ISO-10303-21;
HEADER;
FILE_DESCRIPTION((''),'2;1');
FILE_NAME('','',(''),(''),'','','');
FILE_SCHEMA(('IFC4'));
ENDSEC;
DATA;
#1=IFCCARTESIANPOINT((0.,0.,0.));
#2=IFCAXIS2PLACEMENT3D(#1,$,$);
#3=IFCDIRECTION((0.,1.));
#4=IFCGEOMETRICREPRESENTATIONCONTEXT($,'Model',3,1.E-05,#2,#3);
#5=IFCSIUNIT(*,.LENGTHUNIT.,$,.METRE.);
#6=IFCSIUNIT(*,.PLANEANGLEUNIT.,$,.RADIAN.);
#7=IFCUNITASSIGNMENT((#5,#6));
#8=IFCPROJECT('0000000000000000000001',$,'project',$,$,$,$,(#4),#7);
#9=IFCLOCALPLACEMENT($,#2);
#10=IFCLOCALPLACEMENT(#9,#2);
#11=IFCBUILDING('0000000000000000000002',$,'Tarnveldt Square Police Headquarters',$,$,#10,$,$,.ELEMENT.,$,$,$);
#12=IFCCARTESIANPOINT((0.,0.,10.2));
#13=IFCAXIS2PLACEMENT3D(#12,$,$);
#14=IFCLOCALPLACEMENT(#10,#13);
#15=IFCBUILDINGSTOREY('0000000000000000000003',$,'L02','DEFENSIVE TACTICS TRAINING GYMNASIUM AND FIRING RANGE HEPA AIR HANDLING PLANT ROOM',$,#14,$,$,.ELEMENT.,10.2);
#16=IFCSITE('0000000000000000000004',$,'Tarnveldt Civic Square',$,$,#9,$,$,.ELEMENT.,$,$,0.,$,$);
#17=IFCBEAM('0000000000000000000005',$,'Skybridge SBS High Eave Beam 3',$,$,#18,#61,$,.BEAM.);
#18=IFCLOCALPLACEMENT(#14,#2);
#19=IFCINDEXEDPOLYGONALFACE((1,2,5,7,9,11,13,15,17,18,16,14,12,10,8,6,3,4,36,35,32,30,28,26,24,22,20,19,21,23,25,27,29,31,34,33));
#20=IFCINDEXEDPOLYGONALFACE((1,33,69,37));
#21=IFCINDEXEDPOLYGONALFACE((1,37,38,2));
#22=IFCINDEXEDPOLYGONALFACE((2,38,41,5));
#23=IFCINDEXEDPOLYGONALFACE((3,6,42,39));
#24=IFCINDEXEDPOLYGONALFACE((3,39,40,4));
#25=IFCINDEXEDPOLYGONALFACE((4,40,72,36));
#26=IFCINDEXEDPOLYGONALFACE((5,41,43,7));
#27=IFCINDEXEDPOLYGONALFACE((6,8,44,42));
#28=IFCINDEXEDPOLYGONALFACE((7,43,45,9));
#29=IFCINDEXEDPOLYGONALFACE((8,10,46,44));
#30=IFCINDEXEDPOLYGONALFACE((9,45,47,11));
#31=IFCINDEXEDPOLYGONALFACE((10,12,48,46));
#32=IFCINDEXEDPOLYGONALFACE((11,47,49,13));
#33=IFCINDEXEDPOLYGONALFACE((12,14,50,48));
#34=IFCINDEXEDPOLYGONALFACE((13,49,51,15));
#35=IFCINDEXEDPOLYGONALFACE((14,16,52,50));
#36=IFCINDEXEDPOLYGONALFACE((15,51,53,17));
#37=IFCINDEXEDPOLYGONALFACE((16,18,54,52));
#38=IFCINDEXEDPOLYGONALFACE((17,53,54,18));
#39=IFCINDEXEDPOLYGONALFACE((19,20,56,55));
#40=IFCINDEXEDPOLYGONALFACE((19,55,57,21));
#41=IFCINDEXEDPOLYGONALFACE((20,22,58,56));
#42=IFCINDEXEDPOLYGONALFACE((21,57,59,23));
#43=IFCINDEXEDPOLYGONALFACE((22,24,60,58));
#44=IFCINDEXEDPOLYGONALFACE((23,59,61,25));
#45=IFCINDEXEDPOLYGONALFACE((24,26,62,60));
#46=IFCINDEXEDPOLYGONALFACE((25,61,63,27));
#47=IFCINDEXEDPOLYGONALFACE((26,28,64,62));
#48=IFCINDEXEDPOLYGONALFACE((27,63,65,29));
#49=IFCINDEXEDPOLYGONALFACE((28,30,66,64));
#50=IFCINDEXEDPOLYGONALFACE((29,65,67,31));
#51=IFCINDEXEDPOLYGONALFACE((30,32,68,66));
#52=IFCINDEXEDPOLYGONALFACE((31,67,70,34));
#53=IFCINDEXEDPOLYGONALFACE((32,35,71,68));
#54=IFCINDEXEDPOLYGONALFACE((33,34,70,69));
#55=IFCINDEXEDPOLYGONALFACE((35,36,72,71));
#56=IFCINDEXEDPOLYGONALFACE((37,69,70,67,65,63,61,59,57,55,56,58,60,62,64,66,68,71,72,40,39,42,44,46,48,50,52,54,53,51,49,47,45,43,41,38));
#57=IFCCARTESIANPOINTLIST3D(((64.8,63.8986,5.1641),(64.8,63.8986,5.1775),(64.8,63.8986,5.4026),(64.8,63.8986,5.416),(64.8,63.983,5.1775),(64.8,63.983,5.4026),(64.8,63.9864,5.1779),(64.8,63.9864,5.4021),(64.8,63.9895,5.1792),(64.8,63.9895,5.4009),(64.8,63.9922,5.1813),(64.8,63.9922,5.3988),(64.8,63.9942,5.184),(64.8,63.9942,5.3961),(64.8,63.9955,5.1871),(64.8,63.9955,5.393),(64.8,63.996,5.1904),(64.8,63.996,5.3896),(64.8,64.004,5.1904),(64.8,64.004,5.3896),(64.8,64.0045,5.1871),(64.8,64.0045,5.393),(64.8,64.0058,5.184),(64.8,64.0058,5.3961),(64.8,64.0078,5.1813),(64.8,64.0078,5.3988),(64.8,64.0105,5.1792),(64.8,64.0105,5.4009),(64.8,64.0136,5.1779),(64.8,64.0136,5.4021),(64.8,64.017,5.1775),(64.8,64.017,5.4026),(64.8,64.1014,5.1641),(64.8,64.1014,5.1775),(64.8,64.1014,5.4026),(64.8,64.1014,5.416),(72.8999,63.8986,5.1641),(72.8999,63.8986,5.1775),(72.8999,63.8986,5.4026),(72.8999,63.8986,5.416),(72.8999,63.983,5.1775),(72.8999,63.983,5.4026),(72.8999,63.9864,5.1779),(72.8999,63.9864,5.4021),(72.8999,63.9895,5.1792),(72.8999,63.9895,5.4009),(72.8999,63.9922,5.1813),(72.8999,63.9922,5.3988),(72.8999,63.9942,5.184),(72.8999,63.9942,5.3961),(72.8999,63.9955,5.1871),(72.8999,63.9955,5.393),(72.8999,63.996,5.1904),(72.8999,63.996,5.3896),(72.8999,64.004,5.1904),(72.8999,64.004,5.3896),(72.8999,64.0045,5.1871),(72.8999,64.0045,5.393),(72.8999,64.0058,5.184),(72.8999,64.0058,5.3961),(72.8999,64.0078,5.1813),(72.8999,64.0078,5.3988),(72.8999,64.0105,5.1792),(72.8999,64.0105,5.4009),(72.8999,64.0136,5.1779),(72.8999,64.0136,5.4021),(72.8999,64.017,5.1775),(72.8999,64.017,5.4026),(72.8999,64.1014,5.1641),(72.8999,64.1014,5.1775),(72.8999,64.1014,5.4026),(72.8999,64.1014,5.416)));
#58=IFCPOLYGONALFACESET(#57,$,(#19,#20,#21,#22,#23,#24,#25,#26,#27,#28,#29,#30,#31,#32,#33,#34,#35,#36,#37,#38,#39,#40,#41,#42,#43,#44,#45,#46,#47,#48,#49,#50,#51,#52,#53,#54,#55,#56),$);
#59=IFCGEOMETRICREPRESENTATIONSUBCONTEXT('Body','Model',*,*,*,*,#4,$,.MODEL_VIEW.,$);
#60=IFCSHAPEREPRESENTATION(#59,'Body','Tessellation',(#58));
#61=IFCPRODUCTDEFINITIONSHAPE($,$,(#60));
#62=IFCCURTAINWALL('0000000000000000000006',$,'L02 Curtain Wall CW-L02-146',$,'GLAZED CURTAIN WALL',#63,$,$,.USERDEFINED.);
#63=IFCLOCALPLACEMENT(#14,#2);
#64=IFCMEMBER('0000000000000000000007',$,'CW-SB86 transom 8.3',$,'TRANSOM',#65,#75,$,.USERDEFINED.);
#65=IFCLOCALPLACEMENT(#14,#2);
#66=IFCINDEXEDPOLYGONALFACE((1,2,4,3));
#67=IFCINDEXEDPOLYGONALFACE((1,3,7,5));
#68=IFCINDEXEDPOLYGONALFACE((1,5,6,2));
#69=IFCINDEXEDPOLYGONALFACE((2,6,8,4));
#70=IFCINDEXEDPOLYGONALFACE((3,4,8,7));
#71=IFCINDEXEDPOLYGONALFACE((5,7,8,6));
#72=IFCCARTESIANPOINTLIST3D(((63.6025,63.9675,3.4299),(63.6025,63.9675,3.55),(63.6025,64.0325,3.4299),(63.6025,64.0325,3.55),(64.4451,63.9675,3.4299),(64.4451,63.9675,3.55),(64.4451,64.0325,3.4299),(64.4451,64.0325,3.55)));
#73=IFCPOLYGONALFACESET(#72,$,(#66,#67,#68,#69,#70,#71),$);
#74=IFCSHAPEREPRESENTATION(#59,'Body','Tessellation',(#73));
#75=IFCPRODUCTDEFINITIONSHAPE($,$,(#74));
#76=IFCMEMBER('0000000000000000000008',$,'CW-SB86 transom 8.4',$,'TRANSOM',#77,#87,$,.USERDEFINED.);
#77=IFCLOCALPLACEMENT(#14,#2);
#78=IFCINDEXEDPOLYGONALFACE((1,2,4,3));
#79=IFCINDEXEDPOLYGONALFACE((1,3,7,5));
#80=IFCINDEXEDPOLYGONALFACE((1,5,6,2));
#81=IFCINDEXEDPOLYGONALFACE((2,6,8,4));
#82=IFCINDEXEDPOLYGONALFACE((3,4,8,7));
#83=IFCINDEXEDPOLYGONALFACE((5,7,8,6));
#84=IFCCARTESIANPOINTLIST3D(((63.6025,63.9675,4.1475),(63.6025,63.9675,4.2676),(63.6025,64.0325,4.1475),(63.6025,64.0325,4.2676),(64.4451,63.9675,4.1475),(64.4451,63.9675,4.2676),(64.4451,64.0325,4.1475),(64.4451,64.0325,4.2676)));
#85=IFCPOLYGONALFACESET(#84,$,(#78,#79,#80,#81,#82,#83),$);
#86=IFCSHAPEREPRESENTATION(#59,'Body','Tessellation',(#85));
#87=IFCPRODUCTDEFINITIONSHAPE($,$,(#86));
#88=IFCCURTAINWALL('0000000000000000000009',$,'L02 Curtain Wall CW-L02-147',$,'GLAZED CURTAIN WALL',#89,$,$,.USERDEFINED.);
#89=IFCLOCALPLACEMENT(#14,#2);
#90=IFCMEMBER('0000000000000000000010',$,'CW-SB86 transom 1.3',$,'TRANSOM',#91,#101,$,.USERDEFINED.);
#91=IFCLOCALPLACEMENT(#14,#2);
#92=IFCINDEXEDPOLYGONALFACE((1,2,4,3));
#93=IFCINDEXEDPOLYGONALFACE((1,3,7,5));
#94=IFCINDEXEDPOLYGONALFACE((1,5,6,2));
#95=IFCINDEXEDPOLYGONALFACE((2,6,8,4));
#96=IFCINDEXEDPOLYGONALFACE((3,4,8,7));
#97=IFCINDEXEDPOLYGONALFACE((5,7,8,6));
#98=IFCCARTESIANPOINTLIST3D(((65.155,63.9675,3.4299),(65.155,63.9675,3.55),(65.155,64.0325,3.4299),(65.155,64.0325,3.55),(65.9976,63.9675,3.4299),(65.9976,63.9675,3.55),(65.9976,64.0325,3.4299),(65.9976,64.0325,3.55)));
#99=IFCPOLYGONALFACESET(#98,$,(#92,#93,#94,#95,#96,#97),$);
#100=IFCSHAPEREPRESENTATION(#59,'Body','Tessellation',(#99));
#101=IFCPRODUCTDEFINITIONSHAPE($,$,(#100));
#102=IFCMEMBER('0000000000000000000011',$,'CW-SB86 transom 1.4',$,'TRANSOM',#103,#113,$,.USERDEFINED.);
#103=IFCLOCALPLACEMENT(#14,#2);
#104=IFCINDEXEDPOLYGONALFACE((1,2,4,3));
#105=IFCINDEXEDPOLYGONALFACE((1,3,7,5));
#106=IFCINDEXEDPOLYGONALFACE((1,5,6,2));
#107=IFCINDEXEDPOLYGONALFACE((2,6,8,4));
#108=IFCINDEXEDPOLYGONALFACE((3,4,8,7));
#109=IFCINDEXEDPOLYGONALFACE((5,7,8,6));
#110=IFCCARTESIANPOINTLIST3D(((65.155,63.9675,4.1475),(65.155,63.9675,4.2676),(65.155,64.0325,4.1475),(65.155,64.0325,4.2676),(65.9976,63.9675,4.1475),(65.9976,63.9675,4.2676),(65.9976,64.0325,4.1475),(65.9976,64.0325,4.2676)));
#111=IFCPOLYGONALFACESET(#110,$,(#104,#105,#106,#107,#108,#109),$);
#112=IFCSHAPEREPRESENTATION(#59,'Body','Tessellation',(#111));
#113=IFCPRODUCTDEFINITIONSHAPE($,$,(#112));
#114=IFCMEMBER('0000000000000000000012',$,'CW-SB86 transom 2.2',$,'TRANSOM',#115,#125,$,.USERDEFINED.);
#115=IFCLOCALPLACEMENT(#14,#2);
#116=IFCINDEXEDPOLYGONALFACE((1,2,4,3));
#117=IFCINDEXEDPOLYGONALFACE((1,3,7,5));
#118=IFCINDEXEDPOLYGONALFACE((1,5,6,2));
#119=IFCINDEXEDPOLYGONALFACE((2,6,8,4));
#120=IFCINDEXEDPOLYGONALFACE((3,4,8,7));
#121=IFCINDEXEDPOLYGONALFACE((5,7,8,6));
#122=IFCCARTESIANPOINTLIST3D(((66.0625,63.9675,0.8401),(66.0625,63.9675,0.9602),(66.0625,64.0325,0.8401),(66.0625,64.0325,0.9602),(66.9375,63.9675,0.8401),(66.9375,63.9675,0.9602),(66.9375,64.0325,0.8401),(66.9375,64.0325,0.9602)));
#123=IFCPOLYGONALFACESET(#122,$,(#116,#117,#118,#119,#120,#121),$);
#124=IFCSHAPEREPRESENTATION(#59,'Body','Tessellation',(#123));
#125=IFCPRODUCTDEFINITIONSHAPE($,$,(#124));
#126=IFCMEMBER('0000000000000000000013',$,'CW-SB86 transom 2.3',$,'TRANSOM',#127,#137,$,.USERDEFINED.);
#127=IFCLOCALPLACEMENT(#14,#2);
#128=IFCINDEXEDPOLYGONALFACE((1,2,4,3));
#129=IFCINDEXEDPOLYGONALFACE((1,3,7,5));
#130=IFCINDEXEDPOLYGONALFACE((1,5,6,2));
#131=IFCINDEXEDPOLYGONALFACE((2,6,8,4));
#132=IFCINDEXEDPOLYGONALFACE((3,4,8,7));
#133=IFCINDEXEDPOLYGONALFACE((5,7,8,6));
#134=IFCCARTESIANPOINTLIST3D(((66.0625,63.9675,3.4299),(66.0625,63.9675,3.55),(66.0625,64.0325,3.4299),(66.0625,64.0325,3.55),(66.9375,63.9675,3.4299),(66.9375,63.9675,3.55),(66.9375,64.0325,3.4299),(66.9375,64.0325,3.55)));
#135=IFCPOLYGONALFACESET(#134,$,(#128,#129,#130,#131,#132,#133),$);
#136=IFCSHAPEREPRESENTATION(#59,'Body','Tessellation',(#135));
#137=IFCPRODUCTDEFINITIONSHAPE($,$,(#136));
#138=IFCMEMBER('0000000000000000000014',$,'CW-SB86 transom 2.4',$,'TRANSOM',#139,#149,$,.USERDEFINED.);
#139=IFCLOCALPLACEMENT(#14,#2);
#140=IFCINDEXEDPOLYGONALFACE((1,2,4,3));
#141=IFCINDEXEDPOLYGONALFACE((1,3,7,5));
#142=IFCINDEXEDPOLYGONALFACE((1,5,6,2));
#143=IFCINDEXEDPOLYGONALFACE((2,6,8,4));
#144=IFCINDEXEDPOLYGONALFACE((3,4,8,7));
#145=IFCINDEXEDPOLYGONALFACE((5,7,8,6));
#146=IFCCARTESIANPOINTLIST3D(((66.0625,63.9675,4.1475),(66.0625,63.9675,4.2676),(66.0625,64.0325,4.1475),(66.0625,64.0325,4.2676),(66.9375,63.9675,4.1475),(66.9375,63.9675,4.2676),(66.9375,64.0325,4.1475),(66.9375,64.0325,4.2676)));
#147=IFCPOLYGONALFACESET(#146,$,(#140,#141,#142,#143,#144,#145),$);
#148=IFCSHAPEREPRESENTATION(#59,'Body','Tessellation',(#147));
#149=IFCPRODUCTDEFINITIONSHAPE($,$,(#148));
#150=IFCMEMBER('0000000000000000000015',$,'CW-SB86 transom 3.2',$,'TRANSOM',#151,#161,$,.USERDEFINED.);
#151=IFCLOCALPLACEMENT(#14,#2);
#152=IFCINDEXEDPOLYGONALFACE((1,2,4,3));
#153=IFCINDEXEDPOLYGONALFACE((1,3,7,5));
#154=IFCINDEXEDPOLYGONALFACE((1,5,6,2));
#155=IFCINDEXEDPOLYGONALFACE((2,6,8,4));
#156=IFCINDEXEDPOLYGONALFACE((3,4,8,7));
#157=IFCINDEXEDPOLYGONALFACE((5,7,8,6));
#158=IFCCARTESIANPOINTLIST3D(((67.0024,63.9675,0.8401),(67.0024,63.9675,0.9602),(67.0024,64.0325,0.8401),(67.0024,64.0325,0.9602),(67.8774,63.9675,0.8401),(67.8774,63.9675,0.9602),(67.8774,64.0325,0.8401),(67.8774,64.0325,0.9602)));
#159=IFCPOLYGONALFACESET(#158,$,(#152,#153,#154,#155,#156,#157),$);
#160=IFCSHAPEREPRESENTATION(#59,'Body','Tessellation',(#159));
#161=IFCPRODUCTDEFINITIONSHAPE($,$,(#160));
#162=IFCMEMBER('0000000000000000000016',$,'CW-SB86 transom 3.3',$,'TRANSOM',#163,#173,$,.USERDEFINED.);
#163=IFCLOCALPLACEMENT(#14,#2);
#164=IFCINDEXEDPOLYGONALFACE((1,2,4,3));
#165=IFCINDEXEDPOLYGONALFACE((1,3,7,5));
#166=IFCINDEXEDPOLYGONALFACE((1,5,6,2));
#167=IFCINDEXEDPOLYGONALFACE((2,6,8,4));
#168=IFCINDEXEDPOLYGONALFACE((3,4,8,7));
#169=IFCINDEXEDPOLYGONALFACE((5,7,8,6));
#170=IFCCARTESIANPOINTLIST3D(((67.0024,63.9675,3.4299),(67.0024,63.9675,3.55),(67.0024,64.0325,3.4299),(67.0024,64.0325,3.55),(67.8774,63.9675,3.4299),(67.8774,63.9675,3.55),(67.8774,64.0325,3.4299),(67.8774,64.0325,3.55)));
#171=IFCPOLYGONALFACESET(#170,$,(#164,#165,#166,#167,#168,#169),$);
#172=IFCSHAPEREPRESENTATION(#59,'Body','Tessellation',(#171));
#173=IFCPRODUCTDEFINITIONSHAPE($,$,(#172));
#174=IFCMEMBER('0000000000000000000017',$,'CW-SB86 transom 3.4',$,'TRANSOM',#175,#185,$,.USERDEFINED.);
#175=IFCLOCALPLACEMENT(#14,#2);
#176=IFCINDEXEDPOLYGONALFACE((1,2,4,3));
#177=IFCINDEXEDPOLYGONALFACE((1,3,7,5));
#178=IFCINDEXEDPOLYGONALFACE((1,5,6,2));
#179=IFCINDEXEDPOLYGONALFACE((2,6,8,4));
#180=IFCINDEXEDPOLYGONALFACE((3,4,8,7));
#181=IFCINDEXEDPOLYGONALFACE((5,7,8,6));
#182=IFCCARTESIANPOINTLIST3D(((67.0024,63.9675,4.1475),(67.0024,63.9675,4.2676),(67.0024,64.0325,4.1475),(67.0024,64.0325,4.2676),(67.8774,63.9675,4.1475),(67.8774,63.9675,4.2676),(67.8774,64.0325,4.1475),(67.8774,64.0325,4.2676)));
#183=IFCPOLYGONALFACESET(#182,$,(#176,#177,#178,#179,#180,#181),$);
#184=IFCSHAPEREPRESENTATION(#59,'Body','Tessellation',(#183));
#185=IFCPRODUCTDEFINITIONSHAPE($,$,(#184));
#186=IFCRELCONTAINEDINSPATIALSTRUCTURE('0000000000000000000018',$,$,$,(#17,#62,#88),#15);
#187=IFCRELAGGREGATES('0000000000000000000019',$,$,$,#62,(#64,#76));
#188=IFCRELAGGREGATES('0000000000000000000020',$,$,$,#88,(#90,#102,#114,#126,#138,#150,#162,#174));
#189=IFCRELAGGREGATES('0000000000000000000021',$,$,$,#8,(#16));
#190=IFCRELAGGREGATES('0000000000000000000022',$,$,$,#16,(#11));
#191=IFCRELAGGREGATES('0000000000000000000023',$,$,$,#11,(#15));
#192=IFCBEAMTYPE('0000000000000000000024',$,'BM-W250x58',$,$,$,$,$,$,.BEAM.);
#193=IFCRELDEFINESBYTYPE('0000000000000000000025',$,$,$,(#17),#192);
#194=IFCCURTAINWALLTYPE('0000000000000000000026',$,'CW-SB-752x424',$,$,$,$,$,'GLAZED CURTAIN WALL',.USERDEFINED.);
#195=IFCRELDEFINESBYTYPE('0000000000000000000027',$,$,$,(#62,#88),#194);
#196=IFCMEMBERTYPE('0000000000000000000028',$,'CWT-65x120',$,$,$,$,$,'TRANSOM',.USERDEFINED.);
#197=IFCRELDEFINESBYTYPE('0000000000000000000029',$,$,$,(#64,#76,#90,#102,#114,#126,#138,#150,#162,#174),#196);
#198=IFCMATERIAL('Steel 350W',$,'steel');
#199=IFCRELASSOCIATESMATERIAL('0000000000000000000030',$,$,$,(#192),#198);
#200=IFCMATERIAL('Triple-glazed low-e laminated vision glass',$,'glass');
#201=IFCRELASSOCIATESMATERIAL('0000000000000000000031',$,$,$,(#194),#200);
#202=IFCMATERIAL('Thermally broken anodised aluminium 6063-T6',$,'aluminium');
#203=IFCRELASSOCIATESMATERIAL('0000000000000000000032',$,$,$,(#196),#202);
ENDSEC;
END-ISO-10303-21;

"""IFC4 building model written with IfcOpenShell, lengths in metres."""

from ifc_helpers import new_model, si_unit, direction, frame, origin, origin_2d, place, context, subcontext, project, spatial, rectangle, i_section, extrude, material, material_profile, profile_set, type_object, element, aggregate, save


model = new_model("IFC4")

# Units and contexts
model_context = context("Model", 3, precision=1e-05, world=origin(), true_north=direction((0.0, 1.0)))
body_context = subcontext(model_context, "Body", "Model", "MODEL_VIEW")
ifc_project = project(units=[si_unit("LENGTHUNIT", "METRE"), si_unit("PLANEANGLEUNIT", "RADIAN")], contexts=[model_context])

# Site, building, storey
site_placement = place(None, origin())
site = spatial("IfcSite", under=ifc_project, at=site_placement, Name="Tarnveldt Civic Square", CompositionType="ELEMENT", RefElevation=0.0)
building_placement = place(site_placement, origin())
building = spatial("IfcBuilding", under=site, at=building_placement, Name="Tarnveldt Square Police Headquarters", CompositionType="ELEMENT")
storey_placement = place(building_placement, frame((0.0, 0.0, 10.2)))
storey = spatial("IfcBuildingStorey", under=building, at=storey_placement, Name="L02", Description="DEFENSIVE TACTICS TRAINING GYMNASIUM AND FIRING RANGE HEPA AIR HANDLING PLANT ROOM", CompositionType="ELEMENT", Elevation=10.2)

# Beam
ifc_material_1 = material(Name="Steel 350W", Category="steel")
ifc_material_profile_1 = material_profile(ifc_material_1, i_section(OverallWidth=0.2029, OverallDepth=0.252, WebThickness=0.0081, FlangeThickness=0.0134, FilletRadius=0.0129, at=origin_2d()), Name="W250x58")
ifc_profile_set_1 = profile_set([ifc_material_profile_1], Name="Steel 350W")
beam_type = type_object("IfcBeamType", Name="BM-W250x58", PredefinedType="BEAM", material=ifc_profile_set_1)
beam_placement = place(storey_placement, frame((64.8, 64.0, 5.29), z_axis=(1.0, 0.0, 0.0), x_axis=(0.0, 1.0, 0.0)))
element("IfcBeam", 1, at=beam_placement, inside=storey, type_object=beam_type, Name="Skybridge SBS High Eave Beam 3", PredefinedType="BEAM", context=body_context, shape_type="SweptSolid", body=[
    extrude(i_section(OverallWidth=0.2029, OverallDepth=0.252, WebThickness=0.0081, FlangeThickness=0.0134, FilletRadius=0.0129, at=origin_2d()), origin(), (0.0, 0.0, 1.0), 8.0999),
])

# Curtain walls, members
ifc_material_2 = material(Name="Triple-glazed low-e laminated vision glass", Category="glass")
curtain_wall_type = type_object("IfcCurtainWallType", Name="CW-SB-752x424", ElementType="GLAZED CURTAIN WALL", PredefinedType="USERDEFINED", material=ifc_material_2)
curtain_wall_1_placement = place(storey_placement, origin())
curtain_wall_1 = element("IfcCurtainWall", 2, at=curtain_wall_1_placement, inside=storey, type_object=curtain_wall_type, Name="L02 Curtain Wall CW-L02-146", ObjectType="GLAZED CURTAIN WALL", PredefinedType="USERDEFINED")
ifc_material_3 = material(Name="Thermally broken anodised aluminium 6063-T6", Category="aluminium")
ifc_material_profile_2 = material_profile(ifc_material_3, rectangle(XDim=0.0649, YDim=0.1201, at=origin_2d()), Name="CW-T65x120")
ifc_profile_set_2 = profile_set([ifc_material_profile_2], Name="Thermally broken anodised aluminium 6063-T6")
member_type_1 = type_object("IfcMemberType", Name="CWT-65x120", ElementType="TRANSOM", PredefinedType="USERDEFINED", material=ifc_profile_set_2)
member_1_placement = place(storey_placement, frame((63.6025, 64.0, 3.49), z_axis=(1.0, 0.0, 0.0), x_axis=(0.0, 1.0, 0.0)))
member_1 = element("IfcMember", 3, at=member_1_placement, type_object=member_type_1, Name="CW-SB86 transom 8.3", ObjectType="TRANSOM", PredefinedType="USERDEFINED", context=body_context, shape_type="SweptSolid", body=[
    extrude(rectangle(XDim=0.0649, YDim=0.1201, at=origin_2d()), origin(), (0.0, 0.0, 1.0), 0.8425),
])
member_2_placement = place(storey_placement, frame((63.6025, 64.0, 4.2075), z_axis=(1.0, 0.0, 0.0), x_axis=(0.0, 1.0, 0.0)))
member_2 = element("IfcMember", 4, at=member_2_placement, type_object=member_type_1, Name="CW-SB86 transom 8.4", ObjectType="TRANSOM", PredefinedType="USERDEFINED", context=body_context, shape_type="SweptSolid", body=[
    extrude(rectangle(XDim=0.0649, YDim=0.1201, at=origin_2d()), origin(), (0.0, 0.0, 1.0), 0.8425),
])
curtain_wall_2_placement = place(storey_placement, origin())
curtain_wall_2 = element("IfcCurtainWall", 5, at=curtain_wall_2_placement, inside=storey, type_object=curtain_wall_type, Name="L02 Curtain Wall CW-L02-147", ObjectType="GLAZED CURTAIN WALL", PredefinedType="USERDEFINED")
member_3_placement = place(storey_placement, frame((65.155, 64.0, 3.49), z_axis=(1.0, 0.0, 0.0), x_axis=(0.0, 1.0, 0.0)))
member_3 = element("IfcMember", 6, at=member_3_placement, type_object=member_type_1, Name="CW-SB86 transom 1.3", ObjectType="TRANSOM", PredefinedType="USERDEFINED", context=body_context, shape_type="SweptSolid", body=[
    extrude(rectangle(XDim=0.0649, YDim=0.1201, at=origin_2d()), origin(), (0.0, 0.0, 1.0), 0.8425),
])
member_4_placement = place(storey_placement, frame((65.155, 64.0, 4.2075), z_axis=(1.0, 0.0, 0.0), x_axis=(0.0, 1.0, 0.0)))
member_4 = element("IfcMember", 7, at=member_4_placement, type_object=member_type_1, Name="CW-SB86 transom 1.4", ObjectType="TRANSOM", PredefinedType="USERDEFINED", context=body_context, shape_type="SweptSolid", body=[
    extrude(rectangle(XDim=0.0649, YDim=0.1201, at=origin_2d()), origin(), (0.0, 0.0, 1.0), 0.8425),
])
member_5_placement = place(storey_placement, frame((66.0625, 64.0, 0.9001), z_axis=(1.0, 0.0, 0.0), x_axis=(0.0, 1.0, 0.0)))
member_5 = element("IfcMember", 8, at=member_5_placement, type_object=member_type_1, Name="CW-SB86 transom 2.2", ObjectType="TRANSOM", PredefinedType="USERDEFINED", context=body_context, shape_type="SweptSolid", body=[
    extrude(rectangle(XDim=0.0649, YDim=0.1201, at=origin_2d()), origin(), (0.0, 0.0, 1.0), 0.875),
])
member_6_placement = place(storey_placement, frame((66.0625, 64.0, 3.49), z_axis=(1.0, 0.0, 0.0), x_axis=(0.0, 1.0, 0.0)))
member_6 = element("IfcMember", 9, at=member_6_placement, type_object=member_type_1, Name="CW-SB86 transom 2.3", ObjectType="TRANSOM", PredefinedType="USERDEFINED", context=body_context, shape_type="SweptSolid", body=[
    extrude(rectangle(XDim=0.0649, YDim=0.1201, at=origin_2d()), origin(), (0.0, 0.0, 1.0), 0.875),
])
member_7_placement = place(storey_placement, frame((66.0625, 64.0, 4.2075), z_axis=(1.0, 0.0, 0.0), x_axis=(0.0, 1.0, 0.0)))
member_7 = element("IfcMember", 10, at=member_7_placement, type_object=member_type_1, Name="CW-SB86 transom 2.4", ObjectType="TRANSOM", PredefinedType="USERDEFINED", context=body_context, shape_type="SweptSolid", body=[
    extrude(rectangle(XDim=0.0649, YDim=0.1201, at=origin_2d()), origin(), (0.0, 0.0, 1.0), 0.875),
])
member_8_placement = place(storey_placement, frame((67.0024, 64.0, 0.9001), z_axis=(1.0, 0.0, 0.0), x_axis=(0.0, 1.0, 0.0)))
member_8 = element("IfcMember", 11, at=member_8_placement, type_object=member_type_1, Name="CW-SB86 transom 3.2", ObjectType="TRANSOM", PredefinedType="USERDEFINED", context=body_context, shape_type="SweptSolid", body=[
    extrude(rectangle(XDim=0.0649, YDim=0.1201, at=origin_2d()), origin(), (0.0, 0.0, 1.0), 0.875),
])
member_9_placement = place(storey_placement, frame((67.0024, 64.0, 3.49), z_axis=(1.0, 0.0, 0.0), x_axis=(0.0, 1.0, 0.0)))
member_9 = element("IfcMember", 12, at=member_9_placement, type_object=member_type_1, Name="CW-SB86 transom 3.3", ObjectType="TRANSOM", PredefinedType="USERDEFINED", context=body_context, shape_type="SweptSolid", body=[
    extrude(rectangle(XDim=0.0649, YDim=0.1201, at=origin_2d()), origin(), (0.0, 0.0, 1.0), 0.875),
])
member_10_placement = place(storey_placement, frame((67.0024, 64.0, 4.2075), z_axis=(1.0, 0.0, 0.0), x_axis=(0.0, 1.0, 0.0)))
member_10 = element("IfcMember", 13, at=member_10_placement, type_object=member_type_1, Name="CW-SB86 transom 3.4", ObjectType="TRANSOM", PredefinedType="USERDEFINED", context=body_context, shape_type="SweptSolid", body=[
    extrude(rectangle(XDim=0.0649, YDim=0.1201, at=origin_2d()), origin(), (0.0, 0.0, 1.0), 0.875),
])

aggregate(curtain_wall_1, [member_1, member_2])
aggregate(curtain_wall_2, [member_3, member_4, member_5, member_6, member_7, member_8, member_9, member_10])

save(model, "model.ifc")
